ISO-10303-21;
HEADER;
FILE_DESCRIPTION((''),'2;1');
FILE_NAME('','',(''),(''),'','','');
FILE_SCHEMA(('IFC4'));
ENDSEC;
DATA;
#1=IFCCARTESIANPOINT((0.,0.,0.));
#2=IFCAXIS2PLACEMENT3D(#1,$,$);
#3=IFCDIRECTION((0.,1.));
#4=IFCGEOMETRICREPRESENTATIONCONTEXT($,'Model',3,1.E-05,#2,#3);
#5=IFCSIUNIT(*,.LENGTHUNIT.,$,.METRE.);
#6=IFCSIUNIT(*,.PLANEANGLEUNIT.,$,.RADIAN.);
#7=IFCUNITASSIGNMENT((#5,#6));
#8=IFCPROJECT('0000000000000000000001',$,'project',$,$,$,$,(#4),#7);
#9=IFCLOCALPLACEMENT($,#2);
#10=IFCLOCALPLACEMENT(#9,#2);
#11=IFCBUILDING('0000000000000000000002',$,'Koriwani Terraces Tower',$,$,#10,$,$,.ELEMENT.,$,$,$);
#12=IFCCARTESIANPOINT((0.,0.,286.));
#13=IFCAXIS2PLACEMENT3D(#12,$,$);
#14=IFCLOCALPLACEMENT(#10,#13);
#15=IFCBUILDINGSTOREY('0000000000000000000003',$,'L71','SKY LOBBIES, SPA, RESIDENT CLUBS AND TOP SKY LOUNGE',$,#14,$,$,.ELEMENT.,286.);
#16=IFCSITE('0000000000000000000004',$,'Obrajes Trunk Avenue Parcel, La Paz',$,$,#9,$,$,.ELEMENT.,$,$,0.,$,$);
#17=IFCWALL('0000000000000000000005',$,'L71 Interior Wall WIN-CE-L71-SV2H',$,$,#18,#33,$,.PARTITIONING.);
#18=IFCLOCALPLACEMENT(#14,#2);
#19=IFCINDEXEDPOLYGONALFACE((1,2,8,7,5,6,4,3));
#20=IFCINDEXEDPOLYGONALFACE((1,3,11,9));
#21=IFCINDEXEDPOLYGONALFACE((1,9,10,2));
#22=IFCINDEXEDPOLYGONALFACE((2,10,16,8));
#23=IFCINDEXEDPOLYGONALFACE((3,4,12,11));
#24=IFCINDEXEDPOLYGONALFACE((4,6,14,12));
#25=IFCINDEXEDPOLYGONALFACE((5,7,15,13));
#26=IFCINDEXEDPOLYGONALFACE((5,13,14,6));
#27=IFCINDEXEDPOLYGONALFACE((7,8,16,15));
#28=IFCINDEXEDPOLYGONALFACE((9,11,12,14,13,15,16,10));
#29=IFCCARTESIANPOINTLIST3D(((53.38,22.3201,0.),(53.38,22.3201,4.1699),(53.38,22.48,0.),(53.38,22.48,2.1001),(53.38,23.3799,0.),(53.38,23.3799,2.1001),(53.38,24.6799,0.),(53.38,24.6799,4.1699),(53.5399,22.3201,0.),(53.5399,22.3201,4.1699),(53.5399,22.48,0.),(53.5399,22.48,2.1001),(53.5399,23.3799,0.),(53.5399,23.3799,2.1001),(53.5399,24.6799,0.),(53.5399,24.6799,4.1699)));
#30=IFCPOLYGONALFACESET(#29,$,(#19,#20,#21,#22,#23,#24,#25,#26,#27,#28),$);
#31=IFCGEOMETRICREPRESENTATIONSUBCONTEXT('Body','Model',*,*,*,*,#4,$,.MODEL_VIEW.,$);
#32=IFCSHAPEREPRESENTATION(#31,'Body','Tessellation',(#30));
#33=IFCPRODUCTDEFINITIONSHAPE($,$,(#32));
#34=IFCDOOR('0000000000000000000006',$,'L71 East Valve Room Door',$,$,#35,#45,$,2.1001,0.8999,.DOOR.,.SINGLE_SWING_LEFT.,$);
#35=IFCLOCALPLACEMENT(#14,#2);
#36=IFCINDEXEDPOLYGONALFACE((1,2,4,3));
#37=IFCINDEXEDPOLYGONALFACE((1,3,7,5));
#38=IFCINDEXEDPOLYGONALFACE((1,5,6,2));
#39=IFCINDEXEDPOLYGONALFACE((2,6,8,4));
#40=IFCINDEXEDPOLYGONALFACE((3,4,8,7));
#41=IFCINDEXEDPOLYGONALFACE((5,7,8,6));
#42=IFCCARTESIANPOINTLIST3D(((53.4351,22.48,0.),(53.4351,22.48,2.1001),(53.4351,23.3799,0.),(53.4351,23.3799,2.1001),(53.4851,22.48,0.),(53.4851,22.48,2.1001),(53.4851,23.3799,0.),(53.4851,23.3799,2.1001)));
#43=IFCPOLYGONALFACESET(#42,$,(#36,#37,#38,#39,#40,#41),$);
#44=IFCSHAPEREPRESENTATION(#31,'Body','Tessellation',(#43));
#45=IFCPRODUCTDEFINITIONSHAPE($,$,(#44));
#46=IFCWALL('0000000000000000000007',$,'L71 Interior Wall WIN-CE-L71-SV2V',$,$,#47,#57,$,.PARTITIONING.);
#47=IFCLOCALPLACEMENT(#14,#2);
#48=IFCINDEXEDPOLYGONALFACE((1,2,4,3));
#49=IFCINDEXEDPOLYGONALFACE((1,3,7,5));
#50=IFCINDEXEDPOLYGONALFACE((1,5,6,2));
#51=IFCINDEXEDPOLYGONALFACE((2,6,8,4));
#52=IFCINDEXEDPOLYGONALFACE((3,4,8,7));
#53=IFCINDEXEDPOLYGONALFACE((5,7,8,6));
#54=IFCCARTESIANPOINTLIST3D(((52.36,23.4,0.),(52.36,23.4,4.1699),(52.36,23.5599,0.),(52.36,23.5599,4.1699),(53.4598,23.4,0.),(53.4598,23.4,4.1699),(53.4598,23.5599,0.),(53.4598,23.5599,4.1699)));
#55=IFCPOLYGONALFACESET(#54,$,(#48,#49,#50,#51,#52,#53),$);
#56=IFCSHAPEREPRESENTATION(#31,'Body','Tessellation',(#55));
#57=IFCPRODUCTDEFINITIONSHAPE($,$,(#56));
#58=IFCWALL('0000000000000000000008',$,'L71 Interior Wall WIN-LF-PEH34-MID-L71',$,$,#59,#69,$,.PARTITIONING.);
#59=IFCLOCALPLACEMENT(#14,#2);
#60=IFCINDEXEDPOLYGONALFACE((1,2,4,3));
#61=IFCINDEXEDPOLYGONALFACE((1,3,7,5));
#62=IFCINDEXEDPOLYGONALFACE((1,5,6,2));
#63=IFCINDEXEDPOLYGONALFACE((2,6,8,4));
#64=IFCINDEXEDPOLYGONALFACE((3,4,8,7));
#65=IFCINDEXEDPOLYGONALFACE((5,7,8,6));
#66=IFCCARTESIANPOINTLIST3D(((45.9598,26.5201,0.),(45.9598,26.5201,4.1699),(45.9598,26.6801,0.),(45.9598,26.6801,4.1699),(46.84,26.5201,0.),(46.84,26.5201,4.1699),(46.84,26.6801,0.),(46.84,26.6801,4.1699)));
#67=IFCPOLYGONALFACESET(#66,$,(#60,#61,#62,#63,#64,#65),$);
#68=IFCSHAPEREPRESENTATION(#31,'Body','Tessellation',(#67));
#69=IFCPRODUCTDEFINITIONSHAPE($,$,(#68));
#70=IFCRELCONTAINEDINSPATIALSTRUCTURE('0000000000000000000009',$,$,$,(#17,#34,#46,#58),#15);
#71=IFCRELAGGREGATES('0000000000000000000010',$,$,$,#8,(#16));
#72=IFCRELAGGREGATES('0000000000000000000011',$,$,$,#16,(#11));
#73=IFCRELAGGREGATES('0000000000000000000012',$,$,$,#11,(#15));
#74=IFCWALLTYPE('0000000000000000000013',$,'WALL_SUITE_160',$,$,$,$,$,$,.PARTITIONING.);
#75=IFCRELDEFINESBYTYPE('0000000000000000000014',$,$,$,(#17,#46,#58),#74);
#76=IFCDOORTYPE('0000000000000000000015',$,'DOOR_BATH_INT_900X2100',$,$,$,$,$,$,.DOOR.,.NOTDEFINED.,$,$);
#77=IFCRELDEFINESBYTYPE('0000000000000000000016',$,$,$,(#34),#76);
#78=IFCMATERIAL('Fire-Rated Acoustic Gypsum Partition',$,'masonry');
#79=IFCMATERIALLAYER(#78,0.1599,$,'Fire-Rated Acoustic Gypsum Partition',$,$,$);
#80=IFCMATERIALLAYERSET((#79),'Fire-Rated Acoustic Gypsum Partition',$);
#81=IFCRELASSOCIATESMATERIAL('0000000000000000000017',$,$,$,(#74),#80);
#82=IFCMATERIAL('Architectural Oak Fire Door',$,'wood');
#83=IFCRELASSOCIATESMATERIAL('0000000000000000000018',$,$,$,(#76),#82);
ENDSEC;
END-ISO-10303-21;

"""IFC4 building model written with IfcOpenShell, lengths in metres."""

from ifc_helpers import new_model, si_unit, direction, frame, frame_2d, origin, place, context, subcontext, project, spatial, rectangle, extrude, material, layer, layer_set, type_object, element, fill, save


model = new_model("IFC4")

# Units and contexts
model_context = context("Model", 3, precision=1e-05, world=origin(), true_north=direction((0.0, 1.0)))
body_context = subcontext(model_context, "Body", "Model", "MODEL_VIEW")
ifc_project = project(units=[si_unit("LENGTHUNIT", "METRE"), si_unit("PLANEANGLEUNIT", "RADIAN")], contexts=[model_context])

# Site, building, storey
site_placement = place(None, origin())
site = spatial("IfcSite", under=ifc_project, at=site_placement, Name="Obrajes Trunk Avenue Parcel, La Paz", CompositionType="ELEMENT", RefElevation=0.0)
building_placement = place(site_placement, origin())
building = spatial("IfcBuilding", under=site, at=building_placement, Name="Koriwani Terraces Tower", CompositionType="ELEMENT")
storey_placement = place(building_placement, frame((0.0, 0.0, 286.0)))
storey = spatial("IfcBuildingStorey", under=building, at=storey_placement, Name="L71", Description="SKY LOBBIES, SPA, RESIDENT CLUBS AND TOP SKY LOUNGE", CompositionType="ELEMENT", Elevation=286.0)

# Wall, opening, door
ifc_material_1 = material(Name="Fire-Rated Acoustic Gypsum Partition", Category="masonry")
ifc_layer_1 = layer(ifc_material_1, 0.1599, Name="Fire-Rated Acoustic Gypsum Partition")
ifc_layer_set_1 = layer_set([ifc_layer_1], Name="Fire-Rated Acoustic Gypsum Partition")
wall_type_1 = type_object("IfcWallType", Name="WALL_SUITE_160", PredefinedType="PARTITIONING", material=ifc_layer_set_1)
wall_1_placement = place(storey_placement, frame((53.46, 22.3201, 0.0), z_axis=(0.0, 0.0, 1.0), x_axis=(0.0, 1.0, 0.0)))
wall_1 = element("IfcWall", 1, at=wall_1_placement, inside=storey, type_object=wall_type_1, Name="L71 Interior Wall WIN-CE-L71-SV2H", PredefinedType="PARTITIONING", context=body_context, shape_type="SweptSolid", body=[
    extrude(rectangle(XDim=2.3599, YDim=0.1599, at=frame_2d((1.1799, 0.0))), origin(), (0.0, 0.0, 1.0), 4.1699),
])
opening_1_placement = place(wall_1_placement, frame((0.1599, 0.0, 0.0)))
opening_1 = element("IfcOpeningElement", 2, at=opening_1_placement, cuts=wall_1, PredefinedType="OPENING", context=body_context, shape_type="SweptSolid", body=[
    extrude(rectangle(XDim=0.8999, YDim=2.1001, at=frame_2d((0.45, 1.05))), frame((0.0, 0.0898, 0.0), z_axis=(0.0, -1.0, 0.0), x_axis=(1.0, 0.0, 0.0)), (0.0, 0.0, 1.0), 0.1799),
])
ifc_material_2 = material(Name="Architectural Oak Fire Door", Category="wood")
door_type_1 = type_object("IfcDoorType", Name="DOOR_BATH_INT_900X2100", OperationType="NOTDEFINED", PredefinedType="DOOR", material=ifc_material_2)
door_1_placement = place(opening_1_placement, origin())
door_1 = element("IfcDoor", 3, at=door_1_placement, inside=storey, type_object=door_type_1, Name="L71 East Valve Room Door", OperationType="SINGLE_SWING_LEFT", OverallHeight=2.1001, OverallWidth=0.8999, PredefinedType="DOOR", context=body_context, shape_type="SweptSolid", body=[
    extrude(rectangle(XDim=0.8999, YDim=2.1001, at=frame_2d((0.45, 1.05))), frame((0.0, 0.0249, 0.0), z_axis=(0.0, -1.0, 0.0), x_axis=(1.0, 0.0, 0.0)), (0.0, 0.0, 1.0), 0.05),
])
fill(opening_1, door_1)

# Walls
wall_2_placement = place(storey_placement, frame((52.3601, 23.48, 0.0), z_axis=(0.0, 0.0, 1.0), x_axis=(1.0, 0.0, 0.0)))
element("IfcWall", 4, at=wall_2_placement, inside=storey, type_object=wall_type_1, Name="L71 Interior Wall WIN-CE-L71-SV2V", PredefinedType="PARTITIONING", context=body_context, shape_type="SweptSolid", body=[
    extrude(rectangle(XDim=1.0999, YDim=0.1599, at=frame_2d((0.5498, 0.0))), origin(), (0.0, 0.0, 1.0), 4.1699),
])
wall_3_placement = place(storey_placement, frame((45.96, 26.6001, 0.0), z_axis=(0.0, 0.0, 1.0), x_axis=(1.0, 0.0, 0.0)))
element("IfcWall", 5, at=wall_3_placement, inside=storey, type_object=wall_type_1, Name="L71 Interior Wall WIN-LF-PEH34-MID-L71", PredefinedType="PARTITIONING", context=body_context, shape_type="SweptSolid", body=[
    extrude(rectangle(XDim=0.8801, YDim=0.1599, at=frame_2d((0.4399, 0.0))), origin(), (0.0, 0.0, 1.0), 4.1699),
])

save(model, "model.ifc")
